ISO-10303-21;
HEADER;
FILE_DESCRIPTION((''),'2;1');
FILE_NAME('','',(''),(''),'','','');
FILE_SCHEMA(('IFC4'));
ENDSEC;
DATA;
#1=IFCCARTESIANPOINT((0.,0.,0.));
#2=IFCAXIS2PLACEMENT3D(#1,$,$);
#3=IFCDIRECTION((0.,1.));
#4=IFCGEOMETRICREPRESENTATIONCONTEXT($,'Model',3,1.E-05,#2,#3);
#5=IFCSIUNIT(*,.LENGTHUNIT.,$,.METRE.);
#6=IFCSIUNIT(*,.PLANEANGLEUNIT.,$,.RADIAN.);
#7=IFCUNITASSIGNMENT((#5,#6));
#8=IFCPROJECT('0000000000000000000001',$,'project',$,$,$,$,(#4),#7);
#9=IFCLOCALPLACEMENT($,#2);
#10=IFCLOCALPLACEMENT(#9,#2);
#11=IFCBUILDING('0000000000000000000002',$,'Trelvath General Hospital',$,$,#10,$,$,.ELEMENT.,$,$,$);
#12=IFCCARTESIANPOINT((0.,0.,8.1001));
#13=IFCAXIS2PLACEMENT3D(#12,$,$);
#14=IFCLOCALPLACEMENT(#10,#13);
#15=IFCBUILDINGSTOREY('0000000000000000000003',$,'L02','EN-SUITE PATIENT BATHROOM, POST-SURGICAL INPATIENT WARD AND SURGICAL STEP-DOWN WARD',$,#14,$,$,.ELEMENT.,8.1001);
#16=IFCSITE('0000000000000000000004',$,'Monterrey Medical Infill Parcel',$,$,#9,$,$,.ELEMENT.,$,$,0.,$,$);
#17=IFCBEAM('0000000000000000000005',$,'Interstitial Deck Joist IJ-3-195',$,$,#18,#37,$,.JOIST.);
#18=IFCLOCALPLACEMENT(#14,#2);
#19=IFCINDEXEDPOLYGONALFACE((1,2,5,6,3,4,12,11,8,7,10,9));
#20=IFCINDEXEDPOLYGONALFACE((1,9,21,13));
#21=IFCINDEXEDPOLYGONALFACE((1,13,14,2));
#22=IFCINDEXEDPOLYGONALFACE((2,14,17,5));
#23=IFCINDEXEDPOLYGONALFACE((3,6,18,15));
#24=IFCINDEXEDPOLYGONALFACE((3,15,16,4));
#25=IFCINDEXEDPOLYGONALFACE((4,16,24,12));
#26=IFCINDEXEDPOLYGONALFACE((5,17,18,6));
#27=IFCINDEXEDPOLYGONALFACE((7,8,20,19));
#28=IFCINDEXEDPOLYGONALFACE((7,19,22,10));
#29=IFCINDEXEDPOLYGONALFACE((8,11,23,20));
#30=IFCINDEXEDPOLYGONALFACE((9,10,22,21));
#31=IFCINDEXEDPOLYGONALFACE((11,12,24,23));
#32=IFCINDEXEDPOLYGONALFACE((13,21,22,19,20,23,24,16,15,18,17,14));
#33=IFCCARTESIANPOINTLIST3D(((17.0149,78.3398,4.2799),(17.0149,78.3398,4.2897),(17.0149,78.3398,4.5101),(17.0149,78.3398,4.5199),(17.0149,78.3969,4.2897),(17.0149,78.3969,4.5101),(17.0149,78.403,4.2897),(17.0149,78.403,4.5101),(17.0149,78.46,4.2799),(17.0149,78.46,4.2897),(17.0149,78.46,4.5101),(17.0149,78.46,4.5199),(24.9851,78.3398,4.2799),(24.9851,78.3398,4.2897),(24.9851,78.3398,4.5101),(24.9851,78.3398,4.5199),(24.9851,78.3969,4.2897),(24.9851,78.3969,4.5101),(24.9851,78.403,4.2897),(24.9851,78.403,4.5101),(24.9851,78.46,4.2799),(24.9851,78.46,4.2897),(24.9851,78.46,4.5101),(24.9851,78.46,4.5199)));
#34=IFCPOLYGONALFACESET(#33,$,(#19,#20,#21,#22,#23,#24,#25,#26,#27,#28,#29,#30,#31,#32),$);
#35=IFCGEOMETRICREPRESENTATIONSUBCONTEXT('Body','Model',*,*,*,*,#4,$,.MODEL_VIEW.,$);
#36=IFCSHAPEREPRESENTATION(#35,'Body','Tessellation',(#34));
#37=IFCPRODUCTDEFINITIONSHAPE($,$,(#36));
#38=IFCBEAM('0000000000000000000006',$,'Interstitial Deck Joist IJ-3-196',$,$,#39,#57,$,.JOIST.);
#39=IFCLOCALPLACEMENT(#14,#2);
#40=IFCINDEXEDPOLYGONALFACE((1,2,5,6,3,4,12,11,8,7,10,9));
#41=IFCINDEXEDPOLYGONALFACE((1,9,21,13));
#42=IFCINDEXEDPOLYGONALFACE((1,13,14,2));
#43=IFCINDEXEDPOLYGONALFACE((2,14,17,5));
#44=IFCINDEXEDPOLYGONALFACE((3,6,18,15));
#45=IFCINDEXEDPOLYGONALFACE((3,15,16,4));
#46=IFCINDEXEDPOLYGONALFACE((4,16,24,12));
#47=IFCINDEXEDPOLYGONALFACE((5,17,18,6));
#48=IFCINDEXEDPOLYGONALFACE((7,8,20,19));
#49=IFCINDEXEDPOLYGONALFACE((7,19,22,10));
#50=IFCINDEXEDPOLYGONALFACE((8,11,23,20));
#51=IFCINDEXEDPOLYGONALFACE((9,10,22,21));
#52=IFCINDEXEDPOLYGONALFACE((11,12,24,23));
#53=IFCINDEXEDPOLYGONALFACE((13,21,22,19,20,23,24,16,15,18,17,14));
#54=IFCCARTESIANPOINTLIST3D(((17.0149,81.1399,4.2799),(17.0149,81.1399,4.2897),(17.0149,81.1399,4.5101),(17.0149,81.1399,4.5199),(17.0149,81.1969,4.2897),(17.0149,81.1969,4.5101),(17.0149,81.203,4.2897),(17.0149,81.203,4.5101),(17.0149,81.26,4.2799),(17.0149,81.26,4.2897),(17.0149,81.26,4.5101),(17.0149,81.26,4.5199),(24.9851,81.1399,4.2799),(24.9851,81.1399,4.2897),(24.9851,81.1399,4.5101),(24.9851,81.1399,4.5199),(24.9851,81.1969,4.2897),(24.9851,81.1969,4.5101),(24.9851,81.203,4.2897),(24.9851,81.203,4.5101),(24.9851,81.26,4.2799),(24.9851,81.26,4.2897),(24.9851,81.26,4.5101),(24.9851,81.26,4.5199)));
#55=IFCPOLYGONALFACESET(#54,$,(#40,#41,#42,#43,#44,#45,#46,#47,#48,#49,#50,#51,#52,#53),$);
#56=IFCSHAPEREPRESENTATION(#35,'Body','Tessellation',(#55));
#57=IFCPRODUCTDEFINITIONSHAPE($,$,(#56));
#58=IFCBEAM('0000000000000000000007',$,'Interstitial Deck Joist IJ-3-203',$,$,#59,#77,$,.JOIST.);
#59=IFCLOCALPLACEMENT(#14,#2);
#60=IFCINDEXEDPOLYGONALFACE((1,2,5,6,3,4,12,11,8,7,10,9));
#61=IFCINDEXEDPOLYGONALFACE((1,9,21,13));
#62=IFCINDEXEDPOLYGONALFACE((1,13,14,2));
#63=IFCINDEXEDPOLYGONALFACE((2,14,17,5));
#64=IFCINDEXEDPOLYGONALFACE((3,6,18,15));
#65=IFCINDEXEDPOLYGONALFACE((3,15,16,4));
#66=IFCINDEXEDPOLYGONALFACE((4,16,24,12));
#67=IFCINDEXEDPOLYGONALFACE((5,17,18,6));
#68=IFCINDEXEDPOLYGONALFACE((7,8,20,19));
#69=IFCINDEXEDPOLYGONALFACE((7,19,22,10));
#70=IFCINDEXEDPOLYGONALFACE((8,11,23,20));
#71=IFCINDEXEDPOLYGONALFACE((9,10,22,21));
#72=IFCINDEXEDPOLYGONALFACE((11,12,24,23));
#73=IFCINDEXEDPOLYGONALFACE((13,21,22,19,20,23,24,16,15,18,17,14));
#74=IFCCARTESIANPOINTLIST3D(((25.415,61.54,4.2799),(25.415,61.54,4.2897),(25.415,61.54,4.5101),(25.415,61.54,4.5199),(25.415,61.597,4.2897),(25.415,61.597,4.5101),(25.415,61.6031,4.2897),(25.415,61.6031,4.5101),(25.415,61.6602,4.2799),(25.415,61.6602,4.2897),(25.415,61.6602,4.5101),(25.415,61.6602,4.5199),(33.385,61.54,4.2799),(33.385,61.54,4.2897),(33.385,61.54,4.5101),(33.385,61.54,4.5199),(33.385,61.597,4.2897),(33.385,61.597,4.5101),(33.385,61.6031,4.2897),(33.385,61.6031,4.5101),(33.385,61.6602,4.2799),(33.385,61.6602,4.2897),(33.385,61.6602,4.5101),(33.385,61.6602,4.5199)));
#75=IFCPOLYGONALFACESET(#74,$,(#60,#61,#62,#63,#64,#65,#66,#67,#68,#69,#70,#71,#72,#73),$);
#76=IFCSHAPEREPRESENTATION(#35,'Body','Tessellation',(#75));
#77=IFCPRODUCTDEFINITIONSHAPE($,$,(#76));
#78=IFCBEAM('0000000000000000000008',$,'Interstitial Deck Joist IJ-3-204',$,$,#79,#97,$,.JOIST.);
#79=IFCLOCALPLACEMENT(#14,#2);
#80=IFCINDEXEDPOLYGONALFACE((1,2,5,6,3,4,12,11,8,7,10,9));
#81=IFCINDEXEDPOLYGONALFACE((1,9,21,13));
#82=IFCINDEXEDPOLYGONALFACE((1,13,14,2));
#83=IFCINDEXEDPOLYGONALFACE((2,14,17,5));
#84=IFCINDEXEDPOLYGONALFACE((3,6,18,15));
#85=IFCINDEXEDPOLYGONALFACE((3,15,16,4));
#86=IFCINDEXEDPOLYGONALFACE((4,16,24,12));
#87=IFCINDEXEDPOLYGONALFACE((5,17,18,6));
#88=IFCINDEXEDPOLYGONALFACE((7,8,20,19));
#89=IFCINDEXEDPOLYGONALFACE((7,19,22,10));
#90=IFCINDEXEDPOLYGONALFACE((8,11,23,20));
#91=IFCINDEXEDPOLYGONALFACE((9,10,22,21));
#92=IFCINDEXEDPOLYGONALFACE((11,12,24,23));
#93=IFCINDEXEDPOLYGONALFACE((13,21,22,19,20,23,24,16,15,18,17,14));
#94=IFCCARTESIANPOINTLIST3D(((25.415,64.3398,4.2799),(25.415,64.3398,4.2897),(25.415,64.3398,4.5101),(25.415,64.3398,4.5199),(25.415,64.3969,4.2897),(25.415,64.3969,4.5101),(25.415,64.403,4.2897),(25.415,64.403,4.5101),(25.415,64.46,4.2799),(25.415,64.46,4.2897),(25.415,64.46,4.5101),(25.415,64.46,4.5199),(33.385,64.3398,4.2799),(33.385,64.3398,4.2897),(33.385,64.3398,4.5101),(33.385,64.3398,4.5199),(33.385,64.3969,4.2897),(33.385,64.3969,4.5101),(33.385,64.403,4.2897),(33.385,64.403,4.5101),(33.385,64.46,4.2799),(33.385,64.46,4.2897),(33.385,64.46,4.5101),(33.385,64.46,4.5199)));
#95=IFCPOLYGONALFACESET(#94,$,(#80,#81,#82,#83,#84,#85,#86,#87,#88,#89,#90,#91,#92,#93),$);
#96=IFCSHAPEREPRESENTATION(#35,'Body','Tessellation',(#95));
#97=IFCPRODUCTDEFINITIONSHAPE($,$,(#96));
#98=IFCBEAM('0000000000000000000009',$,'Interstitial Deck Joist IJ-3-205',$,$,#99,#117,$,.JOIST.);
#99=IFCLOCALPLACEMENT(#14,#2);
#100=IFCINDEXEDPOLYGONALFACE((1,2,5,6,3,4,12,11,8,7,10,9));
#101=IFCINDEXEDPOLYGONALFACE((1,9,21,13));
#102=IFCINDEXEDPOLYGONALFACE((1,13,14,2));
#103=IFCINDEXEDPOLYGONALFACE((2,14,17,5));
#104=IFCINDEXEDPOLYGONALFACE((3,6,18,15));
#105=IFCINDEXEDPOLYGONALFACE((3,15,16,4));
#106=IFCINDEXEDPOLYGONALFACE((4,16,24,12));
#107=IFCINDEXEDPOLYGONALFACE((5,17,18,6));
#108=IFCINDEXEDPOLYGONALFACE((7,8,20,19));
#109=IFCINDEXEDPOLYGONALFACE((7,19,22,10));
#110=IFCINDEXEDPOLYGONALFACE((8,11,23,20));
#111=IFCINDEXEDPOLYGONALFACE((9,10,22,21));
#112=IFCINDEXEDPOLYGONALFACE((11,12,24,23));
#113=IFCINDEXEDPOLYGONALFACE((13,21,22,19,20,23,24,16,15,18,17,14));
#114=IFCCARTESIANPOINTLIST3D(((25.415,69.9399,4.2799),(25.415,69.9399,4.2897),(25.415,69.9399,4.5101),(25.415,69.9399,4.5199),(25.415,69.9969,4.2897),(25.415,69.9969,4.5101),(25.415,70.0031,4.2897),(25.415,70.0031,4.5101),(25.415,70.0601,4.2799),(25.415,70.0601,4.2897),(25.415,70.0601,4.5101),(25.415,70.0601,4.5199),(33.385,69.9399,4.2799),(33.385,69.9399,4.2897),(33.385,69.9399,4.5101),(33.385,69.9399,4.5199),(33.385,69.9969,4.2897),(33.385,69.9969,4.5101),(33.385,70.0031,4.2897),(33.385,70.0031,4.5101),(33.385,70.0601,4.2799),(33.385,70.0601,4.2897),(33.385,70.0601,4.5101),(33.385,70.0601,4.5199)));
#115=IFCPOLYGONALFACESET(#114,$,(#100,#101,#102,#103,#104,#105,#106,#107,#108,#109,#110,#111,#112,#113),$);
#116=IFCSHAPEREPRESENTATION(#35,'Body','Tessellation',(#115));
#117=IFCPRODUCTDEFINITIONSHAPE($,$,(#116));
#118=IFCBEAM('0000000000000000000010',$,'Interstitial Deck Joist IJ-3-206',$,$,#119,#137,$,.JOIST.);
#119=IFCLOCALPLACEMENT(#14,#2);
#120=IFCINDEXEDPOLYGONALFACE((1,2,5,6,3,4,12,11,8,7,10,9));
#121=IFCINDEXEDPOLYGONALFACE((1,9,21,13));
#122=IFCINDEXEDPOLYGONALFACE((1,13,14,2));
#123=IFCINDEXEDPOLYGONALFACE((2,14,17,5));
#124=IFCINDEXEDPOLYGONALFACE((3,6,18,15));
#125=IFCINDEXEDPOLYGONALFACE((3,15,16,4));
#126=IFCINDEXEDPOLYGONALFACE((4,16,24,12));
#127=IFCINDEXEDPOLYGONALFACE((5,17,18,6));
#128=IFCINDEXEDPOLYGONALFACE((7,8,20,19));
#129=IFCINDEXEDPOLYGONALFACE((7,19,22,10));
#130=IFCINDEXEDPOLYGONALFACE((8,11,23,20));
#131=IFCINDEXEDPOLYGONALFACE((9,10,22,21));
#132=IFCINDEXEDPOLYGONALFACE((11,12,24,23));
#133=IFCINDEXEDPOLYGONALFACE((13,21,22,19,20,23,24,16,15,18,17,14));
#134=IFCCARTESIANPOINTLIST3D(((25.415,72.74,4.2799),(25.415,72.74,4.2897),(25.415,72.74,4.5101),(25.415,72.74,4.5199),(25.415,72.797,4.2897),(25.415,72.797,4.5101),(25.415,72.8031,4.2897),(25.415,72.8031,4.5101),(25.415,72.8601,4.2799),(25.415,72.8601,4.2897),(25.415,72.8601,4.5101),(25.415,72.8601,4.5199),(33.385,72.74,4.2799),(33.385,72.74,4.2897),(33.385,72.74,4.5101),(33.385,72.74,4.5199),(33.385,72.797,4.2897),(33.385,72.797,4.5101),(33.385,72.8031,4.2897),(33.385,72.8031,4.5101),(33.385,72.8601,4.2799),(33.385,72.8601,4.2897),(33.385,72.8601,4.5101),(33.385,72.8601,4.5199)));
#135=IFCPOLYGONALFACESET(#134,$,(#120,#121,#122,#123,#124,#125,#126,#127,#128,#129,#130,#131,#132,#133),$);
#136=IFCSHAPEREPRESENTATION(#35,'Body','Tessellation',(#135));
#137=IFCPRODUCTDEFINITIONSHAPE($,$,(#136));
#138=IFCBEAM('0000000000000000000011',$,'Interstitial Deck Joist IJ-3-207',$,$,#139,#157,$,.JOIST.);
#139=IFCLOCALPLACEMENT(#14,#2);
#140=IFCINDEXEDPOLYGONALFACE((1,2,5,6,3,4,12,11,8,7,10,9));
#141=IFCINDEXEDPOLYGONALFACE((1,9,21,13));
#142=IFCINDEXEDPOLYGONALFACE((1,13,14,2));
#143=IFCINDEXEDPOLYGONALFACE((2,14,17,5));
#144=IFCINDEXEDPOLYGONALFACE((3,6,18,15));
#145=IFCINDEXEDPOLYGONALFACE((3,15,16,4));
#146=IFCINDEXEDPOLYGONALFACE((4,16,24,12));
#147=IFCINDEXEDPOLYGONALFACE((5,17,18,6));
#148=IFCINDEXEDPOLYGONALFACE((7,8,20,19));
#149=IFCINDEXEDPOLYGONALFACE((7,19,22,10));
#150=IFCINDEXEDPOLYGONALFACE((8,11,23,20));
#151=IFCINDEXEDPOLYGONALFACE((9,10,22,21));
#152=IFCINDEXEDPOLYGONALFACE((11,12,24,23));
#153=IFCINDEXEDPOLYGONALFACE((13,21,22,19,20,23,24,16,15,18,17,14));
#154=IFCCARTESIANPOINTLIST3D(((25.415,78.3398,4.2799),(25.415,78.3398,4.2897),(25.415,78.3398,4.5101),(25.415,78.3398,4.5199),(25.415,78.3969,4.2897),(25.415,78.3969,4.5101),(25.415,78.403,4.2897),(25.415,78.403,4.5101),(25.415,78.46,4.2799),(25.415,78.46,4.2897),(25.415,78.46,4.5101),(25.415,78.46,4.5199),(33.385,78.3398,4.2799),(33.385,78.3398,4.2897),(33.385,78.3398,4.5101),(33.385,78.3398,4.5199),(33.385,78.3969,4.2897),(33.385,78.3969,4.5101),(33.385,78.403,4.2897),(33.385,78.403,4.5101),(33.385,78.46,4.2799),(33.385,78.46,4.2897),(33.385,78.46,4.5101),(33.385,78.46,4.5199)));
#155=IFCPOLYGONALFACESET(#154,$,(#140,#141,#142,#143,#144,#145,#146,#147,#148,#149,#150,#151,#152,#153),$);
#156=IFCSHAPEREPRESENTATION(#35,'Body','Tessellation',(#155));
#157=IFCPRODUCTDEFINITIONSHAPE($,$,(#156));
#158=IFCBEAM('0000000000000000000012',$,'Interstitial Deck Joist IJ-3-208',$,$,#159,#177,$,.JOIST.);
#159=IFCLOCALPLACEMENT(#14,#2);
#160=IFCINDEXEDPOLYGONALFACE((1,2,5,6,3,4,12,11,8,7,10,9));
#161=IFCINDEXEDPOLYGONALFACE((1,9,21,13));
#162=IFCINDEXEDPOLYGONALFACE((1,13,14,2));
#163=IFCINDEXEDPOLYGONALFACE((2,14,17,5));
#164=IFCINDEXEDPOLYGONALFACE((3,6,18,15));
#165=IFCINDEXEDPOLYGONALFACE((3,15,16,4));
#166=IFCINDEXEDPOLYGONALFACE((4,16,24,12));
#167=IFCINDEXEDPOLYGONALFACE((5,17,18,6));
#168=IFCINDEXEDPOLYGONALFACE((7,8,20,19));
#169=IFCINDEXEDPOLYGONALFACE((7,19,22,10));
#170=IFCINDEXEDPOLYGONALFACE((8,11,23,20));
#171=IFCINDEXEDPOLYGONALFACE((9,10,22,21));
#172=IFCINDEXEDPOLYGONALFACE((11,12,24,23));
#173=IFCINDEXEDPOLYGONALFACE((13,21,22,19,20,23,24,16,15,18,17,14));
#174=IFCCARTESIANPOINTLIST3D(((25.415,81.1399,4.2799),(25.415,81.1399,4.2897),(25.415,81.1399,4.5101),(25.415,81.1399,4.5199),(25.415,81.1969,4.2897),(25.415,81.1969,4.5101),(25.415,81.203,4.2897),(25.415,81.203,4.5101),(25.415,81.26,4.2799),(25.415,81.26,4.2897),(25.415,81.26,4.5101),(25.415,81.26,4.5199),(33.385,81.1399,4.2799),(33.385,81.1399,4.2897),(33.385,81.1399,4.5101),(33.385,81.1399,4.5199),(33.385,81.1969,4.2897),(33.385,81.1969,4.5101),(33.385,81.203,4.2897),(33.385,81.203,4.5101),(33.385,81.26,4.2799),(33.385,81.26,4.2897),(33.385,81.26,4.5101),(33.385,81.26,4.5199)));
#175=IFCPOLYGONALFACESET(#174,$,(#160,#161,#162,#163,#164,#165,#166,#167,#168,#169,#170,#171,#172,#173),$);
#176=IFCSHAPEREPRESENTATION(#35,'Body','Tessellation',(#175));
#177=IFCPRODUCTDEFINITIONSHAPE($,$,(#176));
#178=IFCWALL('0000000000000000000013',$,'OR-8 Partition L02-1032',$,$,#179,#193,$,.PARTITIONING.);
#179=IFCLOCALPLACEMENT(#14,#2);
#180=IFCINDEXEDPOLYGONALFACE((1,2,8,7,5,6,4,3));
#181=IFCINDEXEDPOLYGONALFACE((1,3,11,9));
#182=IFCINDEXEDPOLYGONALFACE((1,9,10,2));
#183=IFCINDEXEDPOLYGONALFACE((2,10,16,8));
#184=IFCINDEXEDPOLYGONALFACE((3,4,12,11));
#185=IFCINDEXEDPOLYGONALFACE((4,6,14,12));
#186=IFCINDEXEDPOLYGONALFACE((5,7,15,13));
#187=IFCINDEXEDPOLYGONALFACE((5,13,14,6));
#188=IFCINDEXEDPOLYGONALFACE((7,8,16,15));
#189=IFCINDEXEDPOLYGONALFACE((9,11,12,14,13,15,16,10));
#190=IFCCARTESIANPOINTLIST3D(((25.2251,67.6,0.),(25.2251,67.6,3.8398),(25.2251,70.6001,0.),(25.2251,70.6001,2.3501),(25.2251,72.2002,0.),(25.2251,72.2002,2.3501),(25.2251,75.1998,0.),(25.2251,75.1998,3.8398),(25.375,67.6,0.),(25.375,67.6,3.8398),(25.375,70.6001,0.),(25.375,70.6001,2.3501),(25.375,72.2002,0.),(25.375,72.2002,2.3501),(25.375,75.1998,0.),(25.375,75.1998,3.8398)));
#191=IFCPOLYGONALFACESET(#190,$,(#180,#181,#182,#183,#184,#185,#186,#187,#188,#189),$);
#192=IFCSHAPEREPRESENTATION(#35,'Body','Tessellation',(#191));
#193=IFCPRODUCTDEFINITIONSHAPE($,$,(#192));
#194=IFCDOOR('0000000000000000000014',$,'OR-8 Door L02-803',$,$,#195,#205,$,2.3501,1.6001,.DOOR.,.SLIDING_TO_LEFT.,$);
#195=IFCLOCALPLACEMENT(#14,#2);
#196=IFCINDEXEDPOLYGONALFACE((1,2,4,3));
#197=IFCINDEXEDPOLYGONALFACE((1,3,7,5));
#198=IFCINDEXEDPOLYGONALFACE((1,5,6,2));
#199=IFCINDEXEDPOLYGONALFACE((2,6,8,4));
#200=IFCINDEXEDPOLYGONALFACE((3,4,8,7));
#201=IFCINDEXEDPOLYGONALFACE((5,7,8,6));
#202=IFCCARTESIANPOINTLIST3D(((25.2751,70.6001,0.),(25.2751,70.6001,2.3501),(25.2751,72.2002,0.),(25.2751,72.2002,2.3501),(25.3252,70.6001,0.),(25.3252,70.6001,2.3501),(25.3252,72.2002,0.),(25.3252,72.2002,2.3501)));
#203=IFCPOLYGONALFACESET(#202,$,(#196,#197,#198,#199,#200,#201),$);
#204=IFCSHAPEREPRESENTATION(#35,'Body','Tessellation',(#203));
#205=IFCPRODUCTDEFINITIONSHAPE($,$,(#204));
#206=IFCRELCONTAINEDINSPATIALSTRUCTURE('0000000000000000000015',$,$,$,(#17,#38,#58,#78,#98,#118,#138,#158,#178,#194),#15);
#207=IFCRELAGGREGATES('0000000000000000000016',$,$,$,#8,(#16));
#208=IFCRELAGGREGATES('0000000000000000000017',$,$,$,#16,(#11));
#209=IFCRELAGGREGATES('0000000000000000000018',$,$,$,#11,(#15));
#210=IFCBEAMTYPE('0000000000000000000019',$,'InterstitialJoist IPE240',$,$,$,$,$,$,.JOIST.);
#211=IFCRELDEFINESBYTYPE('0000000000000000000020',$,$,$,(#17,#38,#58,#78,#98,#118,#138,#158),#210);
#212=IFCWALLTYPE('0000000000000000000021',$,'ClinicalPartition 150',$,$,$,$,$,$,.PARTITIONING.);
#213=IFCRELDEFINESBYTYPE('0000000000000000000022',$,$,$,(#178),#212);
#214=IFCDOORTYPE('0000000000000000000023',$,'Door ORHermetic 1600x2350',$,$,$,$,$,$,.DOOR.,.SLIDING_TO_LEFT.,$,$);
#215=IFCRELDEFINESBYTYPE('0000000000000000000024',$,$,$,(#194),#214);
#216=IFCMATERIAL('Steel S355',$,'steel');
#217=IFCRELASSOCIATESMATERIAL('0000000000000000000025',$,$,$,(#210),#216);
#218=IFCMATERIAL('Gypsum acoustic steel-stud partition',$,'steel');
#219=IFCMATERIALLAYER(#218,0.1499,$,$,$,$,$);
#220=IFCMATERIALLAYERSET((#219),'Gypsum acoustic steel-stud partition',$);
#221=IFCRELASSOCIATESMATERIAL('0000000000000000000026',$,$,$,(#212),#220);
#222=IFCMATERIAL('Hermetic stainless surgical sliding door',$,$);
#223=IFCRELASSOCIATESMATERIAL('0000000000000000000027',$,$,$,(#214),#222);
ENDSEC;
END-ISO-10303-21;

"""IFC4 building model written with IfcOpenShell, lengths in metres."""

from ifc_helpers import new_model, si_unit, direction, frame, frame_2d, origin, origin_2d, place, context, subcontext, project, spatial, rectangle, i_section, extrude, material, layer, layer_set, material_profile, profile_set, type_object, element, fill, save


model = new_model("IFC4")

# Units and contexts
model_context = context("Model", 3, precision=1e-05, world=origin(), true_north=direction((0.0, 1.0)))
body_context = subcontext(model_context, "Body", "Model", "MODEL_VIEW")
ifc_project = project(units=[si_unit("LENGTHUNIT", "METRE"), si_unit("PLANEANGLEUNIT", "RADIAN")], contexts=[model_context])

# Site, building, storey
site_placement = place(None, origin())
site = spatial("IfcSite", under=ifc_project, at=site_placement, Name="Monterrey Medical Infill Parcel", CompositionType="ELEMENT", RefElevation=0.0)
building_placement = place(site_placement, origin())
building = spatial("IfcBuilding", under=site, at=building_placement, Name="Trelvath General Hospital", CompositionType="ELEMENT")
storey_placement = place(building_placement, frame((0.0, 0.0, 8.1001)))
storey = spatial("IfcBuildingStorey", under=building, at=storey_placement, Name="L02", Description="EN-SUITE PATIENT BATHROOM, POST-SURGICAL INPATIENT WARD AND SURGICAL STEP-DOWN WARD", CompositionType="ELEMENT", Elevation=8.1001)

# Beams
ifc_material_1 = material(Name="Steel S355", Category="steel")
ifc_material_profile_1 = material_profile(ifc_material_1, i_section(OverallWidth=0.1201, OverallDepth=0.24, WebThickness=0.0061, FlangeThickness=0.0098, at=origin_2d()), Name="IPE240")
ifc_profile_set_1 = profile_set([ifc_material_profile_1], Name="Steel S355")
beam_type_1 = type_object("IfcBeamType", Name="InterstitialJoist IPE240", PredefinedType="JOIST", material=ifc_profile_set_1)
for number, where, z_axis, x_axis, name in (
    (1, (17.0149, 78.3999, 4.3999), (1.0, 0.0, 0.0), (0.0, 1.0, 0.0), "Interstitial Deck Joist IJ-3-195"),
    (2, (17.0149, 81.2, 4.3999), (1.0, 0.0, 0.0), (0.0, 1.0, 0.0), "Interstitial Deck Joist IJ-3-196"),
):
    element("IfcBeam", number, at=place(storey_placement, frame(where, z_axis=z_axis, x_axis=x_axis)), inside=storey, type_object=beam_type_1, Name=name, PredefinedType="JOIST", context=body_context, shape_type="SweptSolid", body=[
        extrude(i_section(OverallWidth=0.1201, OverallDepth=0.24, WebThickness=0.0061, FlangeThickness=0.0098, at=origin_2d()), origin(), (0.0, 0.0, 1.0), 7.9702),
    ])
for number, where, z_axis, x_axis, name in (
    (3, (25.415, 61.6001, 4.3999), (1.0, 0.0, 0.0), (0.0, 1.0, 0.0), "Interstitial Deck Joist IJ-3-203"),
    (4, (25.415, 64.3999, 4.3999), (1.0, 0.0, 0.0), (0.0, 1.0, 0.0), "Interstitial Deck Joist IJ-3-204"),
    (5, (25.415, 70.0, 4.3999), (1.0, 0.0, 0.0), (0.0, 1.0, 0.0), "Interstitial Deck Joist IJ-3-205"),
    (6, (25.415, 72.8, 4.3999), (1.0, 0.0, 0.0), (0.0, 1.0, 0.0), "Interstitial Deck Joist IJ-3-206"),
    (7, (25.415, 78.3999, 4.3999), (1.0, 0.0, 0.0), (0.0, 1.0, 0.0), "Interstitial Deck Joist IJ-3-207"),
    (8, (25.415, 81.2, 4.3999), (1.0, 0.0, 0.0), (0.0, 1.0, 0.0), "Interstitial Deck Joist IJ-3-208"),
):
    element("IfcBeam", number, at=place(storey_placement, frame(where, z_axis=z_axis, x_axis=x_axis)), inside=storey, type_object=beam_type_1, Name=name, PredefinedType="JOIST", context=body_context, shape_type="SweptSolid", body=[
        extrude(i_section(OverallWidth=0.1201, OverallDepth=0.24, WebThickness=0.0061, FlangeThickness=0.0098, at=origin_2d()), origin(), (0.0, 0.0, 1.0), 7.97),
    ])

# Wall, opening, door
ifc_material_2 = material(Name="Gypsum acoustic steel-stud partition", Category="steel")
ifc_layer = layer(ifc_material_2, 0.1499)
ifc_layer_set = layer_set([ifc_layer], Name="Gypsum acoustic steel-stud partition")
wall_type = type_object("IfcWallType", Name="ClinicalPartition 150", PredefinedType="PARTITIONING", material=ifc_layer_set)
wall_1_placement = place(storey_placement, frame((25.3, 67.6001, 0.0), z_axis=(0.0, 0.0, 1.0), x_axis=(0.0, 1.0, 0.0)))
wall_1 = element("IfcWall", 9, at=wall_1_placement, inside=storey, type_object=wall_type, Name="OR-8 Partition L02-1032", PredefinedType="PARTITIONING", context=body_context, shape_type="SweptSolid", body=[
    extrude(rectangle(XDim=7.5999, YDim=0.1499, at=frame_2d((3.7998, 0.0))), origin(), (0.0, 0.0, 1.0), 3.8398),
])
opening_1_placement = place(wall_1_placement, frame((3.0, 0.0, 0.0)))
opening_1 = element("IfcOpeningElement", 10, at=opening_1_placement, cuts=wall_1, PredefinedType="OPENING", context=body_context, shape_type="SweptSolid", body=[
    extrude(rectangle(XDim=1.6001, YDim=2.3501, at=frame_2d((0.8, 1.175))), frame((0.0, 0.085, 0.0), z_axis=(0.0, -1.0, 0.0), x_axis=(1.0, 0.0, 0.0)), (0.0, 0.0, 1.0), 0.1699),
])
ifc_material_3 = material(Name="Hermetic stainless surgical sliding door")
door_type_1 = type_object("IfcDoorType", Name="Door ORHermetic 1600x2350", OperationType="SLIDING_TO_LEFT", PredefinedType="DOOR", material=ifc_material_3)
door_1_placement = place(opening_1_placement, origin())
door_1 = element("IfcDoor", 11, at=door_1_placement, inside=storey, type_object=door_type_1, Name="OR-8 Door L02-803", OperationType="SLIDING_TO_LEFT", OverallHeight=2.3501, OverallWidth=1.6001, PredefinedType="DOOR", context=body_context, shape_type="SweptSolid", body=[
    extrude(rectangle(XDim=1.6001, YDim=2.3501, at=frame_2d((0.8, 1.175))), frame((0.0, 0.0249, 0.0), z_axis=(0.0, -1.0, 0.0), x_axis=(1.0, 0.0, 0.0)), (0.0, 0.0, 1.0), 0.05),
])
fill(opening_1, door_1)

save(model, "model.ifc")
